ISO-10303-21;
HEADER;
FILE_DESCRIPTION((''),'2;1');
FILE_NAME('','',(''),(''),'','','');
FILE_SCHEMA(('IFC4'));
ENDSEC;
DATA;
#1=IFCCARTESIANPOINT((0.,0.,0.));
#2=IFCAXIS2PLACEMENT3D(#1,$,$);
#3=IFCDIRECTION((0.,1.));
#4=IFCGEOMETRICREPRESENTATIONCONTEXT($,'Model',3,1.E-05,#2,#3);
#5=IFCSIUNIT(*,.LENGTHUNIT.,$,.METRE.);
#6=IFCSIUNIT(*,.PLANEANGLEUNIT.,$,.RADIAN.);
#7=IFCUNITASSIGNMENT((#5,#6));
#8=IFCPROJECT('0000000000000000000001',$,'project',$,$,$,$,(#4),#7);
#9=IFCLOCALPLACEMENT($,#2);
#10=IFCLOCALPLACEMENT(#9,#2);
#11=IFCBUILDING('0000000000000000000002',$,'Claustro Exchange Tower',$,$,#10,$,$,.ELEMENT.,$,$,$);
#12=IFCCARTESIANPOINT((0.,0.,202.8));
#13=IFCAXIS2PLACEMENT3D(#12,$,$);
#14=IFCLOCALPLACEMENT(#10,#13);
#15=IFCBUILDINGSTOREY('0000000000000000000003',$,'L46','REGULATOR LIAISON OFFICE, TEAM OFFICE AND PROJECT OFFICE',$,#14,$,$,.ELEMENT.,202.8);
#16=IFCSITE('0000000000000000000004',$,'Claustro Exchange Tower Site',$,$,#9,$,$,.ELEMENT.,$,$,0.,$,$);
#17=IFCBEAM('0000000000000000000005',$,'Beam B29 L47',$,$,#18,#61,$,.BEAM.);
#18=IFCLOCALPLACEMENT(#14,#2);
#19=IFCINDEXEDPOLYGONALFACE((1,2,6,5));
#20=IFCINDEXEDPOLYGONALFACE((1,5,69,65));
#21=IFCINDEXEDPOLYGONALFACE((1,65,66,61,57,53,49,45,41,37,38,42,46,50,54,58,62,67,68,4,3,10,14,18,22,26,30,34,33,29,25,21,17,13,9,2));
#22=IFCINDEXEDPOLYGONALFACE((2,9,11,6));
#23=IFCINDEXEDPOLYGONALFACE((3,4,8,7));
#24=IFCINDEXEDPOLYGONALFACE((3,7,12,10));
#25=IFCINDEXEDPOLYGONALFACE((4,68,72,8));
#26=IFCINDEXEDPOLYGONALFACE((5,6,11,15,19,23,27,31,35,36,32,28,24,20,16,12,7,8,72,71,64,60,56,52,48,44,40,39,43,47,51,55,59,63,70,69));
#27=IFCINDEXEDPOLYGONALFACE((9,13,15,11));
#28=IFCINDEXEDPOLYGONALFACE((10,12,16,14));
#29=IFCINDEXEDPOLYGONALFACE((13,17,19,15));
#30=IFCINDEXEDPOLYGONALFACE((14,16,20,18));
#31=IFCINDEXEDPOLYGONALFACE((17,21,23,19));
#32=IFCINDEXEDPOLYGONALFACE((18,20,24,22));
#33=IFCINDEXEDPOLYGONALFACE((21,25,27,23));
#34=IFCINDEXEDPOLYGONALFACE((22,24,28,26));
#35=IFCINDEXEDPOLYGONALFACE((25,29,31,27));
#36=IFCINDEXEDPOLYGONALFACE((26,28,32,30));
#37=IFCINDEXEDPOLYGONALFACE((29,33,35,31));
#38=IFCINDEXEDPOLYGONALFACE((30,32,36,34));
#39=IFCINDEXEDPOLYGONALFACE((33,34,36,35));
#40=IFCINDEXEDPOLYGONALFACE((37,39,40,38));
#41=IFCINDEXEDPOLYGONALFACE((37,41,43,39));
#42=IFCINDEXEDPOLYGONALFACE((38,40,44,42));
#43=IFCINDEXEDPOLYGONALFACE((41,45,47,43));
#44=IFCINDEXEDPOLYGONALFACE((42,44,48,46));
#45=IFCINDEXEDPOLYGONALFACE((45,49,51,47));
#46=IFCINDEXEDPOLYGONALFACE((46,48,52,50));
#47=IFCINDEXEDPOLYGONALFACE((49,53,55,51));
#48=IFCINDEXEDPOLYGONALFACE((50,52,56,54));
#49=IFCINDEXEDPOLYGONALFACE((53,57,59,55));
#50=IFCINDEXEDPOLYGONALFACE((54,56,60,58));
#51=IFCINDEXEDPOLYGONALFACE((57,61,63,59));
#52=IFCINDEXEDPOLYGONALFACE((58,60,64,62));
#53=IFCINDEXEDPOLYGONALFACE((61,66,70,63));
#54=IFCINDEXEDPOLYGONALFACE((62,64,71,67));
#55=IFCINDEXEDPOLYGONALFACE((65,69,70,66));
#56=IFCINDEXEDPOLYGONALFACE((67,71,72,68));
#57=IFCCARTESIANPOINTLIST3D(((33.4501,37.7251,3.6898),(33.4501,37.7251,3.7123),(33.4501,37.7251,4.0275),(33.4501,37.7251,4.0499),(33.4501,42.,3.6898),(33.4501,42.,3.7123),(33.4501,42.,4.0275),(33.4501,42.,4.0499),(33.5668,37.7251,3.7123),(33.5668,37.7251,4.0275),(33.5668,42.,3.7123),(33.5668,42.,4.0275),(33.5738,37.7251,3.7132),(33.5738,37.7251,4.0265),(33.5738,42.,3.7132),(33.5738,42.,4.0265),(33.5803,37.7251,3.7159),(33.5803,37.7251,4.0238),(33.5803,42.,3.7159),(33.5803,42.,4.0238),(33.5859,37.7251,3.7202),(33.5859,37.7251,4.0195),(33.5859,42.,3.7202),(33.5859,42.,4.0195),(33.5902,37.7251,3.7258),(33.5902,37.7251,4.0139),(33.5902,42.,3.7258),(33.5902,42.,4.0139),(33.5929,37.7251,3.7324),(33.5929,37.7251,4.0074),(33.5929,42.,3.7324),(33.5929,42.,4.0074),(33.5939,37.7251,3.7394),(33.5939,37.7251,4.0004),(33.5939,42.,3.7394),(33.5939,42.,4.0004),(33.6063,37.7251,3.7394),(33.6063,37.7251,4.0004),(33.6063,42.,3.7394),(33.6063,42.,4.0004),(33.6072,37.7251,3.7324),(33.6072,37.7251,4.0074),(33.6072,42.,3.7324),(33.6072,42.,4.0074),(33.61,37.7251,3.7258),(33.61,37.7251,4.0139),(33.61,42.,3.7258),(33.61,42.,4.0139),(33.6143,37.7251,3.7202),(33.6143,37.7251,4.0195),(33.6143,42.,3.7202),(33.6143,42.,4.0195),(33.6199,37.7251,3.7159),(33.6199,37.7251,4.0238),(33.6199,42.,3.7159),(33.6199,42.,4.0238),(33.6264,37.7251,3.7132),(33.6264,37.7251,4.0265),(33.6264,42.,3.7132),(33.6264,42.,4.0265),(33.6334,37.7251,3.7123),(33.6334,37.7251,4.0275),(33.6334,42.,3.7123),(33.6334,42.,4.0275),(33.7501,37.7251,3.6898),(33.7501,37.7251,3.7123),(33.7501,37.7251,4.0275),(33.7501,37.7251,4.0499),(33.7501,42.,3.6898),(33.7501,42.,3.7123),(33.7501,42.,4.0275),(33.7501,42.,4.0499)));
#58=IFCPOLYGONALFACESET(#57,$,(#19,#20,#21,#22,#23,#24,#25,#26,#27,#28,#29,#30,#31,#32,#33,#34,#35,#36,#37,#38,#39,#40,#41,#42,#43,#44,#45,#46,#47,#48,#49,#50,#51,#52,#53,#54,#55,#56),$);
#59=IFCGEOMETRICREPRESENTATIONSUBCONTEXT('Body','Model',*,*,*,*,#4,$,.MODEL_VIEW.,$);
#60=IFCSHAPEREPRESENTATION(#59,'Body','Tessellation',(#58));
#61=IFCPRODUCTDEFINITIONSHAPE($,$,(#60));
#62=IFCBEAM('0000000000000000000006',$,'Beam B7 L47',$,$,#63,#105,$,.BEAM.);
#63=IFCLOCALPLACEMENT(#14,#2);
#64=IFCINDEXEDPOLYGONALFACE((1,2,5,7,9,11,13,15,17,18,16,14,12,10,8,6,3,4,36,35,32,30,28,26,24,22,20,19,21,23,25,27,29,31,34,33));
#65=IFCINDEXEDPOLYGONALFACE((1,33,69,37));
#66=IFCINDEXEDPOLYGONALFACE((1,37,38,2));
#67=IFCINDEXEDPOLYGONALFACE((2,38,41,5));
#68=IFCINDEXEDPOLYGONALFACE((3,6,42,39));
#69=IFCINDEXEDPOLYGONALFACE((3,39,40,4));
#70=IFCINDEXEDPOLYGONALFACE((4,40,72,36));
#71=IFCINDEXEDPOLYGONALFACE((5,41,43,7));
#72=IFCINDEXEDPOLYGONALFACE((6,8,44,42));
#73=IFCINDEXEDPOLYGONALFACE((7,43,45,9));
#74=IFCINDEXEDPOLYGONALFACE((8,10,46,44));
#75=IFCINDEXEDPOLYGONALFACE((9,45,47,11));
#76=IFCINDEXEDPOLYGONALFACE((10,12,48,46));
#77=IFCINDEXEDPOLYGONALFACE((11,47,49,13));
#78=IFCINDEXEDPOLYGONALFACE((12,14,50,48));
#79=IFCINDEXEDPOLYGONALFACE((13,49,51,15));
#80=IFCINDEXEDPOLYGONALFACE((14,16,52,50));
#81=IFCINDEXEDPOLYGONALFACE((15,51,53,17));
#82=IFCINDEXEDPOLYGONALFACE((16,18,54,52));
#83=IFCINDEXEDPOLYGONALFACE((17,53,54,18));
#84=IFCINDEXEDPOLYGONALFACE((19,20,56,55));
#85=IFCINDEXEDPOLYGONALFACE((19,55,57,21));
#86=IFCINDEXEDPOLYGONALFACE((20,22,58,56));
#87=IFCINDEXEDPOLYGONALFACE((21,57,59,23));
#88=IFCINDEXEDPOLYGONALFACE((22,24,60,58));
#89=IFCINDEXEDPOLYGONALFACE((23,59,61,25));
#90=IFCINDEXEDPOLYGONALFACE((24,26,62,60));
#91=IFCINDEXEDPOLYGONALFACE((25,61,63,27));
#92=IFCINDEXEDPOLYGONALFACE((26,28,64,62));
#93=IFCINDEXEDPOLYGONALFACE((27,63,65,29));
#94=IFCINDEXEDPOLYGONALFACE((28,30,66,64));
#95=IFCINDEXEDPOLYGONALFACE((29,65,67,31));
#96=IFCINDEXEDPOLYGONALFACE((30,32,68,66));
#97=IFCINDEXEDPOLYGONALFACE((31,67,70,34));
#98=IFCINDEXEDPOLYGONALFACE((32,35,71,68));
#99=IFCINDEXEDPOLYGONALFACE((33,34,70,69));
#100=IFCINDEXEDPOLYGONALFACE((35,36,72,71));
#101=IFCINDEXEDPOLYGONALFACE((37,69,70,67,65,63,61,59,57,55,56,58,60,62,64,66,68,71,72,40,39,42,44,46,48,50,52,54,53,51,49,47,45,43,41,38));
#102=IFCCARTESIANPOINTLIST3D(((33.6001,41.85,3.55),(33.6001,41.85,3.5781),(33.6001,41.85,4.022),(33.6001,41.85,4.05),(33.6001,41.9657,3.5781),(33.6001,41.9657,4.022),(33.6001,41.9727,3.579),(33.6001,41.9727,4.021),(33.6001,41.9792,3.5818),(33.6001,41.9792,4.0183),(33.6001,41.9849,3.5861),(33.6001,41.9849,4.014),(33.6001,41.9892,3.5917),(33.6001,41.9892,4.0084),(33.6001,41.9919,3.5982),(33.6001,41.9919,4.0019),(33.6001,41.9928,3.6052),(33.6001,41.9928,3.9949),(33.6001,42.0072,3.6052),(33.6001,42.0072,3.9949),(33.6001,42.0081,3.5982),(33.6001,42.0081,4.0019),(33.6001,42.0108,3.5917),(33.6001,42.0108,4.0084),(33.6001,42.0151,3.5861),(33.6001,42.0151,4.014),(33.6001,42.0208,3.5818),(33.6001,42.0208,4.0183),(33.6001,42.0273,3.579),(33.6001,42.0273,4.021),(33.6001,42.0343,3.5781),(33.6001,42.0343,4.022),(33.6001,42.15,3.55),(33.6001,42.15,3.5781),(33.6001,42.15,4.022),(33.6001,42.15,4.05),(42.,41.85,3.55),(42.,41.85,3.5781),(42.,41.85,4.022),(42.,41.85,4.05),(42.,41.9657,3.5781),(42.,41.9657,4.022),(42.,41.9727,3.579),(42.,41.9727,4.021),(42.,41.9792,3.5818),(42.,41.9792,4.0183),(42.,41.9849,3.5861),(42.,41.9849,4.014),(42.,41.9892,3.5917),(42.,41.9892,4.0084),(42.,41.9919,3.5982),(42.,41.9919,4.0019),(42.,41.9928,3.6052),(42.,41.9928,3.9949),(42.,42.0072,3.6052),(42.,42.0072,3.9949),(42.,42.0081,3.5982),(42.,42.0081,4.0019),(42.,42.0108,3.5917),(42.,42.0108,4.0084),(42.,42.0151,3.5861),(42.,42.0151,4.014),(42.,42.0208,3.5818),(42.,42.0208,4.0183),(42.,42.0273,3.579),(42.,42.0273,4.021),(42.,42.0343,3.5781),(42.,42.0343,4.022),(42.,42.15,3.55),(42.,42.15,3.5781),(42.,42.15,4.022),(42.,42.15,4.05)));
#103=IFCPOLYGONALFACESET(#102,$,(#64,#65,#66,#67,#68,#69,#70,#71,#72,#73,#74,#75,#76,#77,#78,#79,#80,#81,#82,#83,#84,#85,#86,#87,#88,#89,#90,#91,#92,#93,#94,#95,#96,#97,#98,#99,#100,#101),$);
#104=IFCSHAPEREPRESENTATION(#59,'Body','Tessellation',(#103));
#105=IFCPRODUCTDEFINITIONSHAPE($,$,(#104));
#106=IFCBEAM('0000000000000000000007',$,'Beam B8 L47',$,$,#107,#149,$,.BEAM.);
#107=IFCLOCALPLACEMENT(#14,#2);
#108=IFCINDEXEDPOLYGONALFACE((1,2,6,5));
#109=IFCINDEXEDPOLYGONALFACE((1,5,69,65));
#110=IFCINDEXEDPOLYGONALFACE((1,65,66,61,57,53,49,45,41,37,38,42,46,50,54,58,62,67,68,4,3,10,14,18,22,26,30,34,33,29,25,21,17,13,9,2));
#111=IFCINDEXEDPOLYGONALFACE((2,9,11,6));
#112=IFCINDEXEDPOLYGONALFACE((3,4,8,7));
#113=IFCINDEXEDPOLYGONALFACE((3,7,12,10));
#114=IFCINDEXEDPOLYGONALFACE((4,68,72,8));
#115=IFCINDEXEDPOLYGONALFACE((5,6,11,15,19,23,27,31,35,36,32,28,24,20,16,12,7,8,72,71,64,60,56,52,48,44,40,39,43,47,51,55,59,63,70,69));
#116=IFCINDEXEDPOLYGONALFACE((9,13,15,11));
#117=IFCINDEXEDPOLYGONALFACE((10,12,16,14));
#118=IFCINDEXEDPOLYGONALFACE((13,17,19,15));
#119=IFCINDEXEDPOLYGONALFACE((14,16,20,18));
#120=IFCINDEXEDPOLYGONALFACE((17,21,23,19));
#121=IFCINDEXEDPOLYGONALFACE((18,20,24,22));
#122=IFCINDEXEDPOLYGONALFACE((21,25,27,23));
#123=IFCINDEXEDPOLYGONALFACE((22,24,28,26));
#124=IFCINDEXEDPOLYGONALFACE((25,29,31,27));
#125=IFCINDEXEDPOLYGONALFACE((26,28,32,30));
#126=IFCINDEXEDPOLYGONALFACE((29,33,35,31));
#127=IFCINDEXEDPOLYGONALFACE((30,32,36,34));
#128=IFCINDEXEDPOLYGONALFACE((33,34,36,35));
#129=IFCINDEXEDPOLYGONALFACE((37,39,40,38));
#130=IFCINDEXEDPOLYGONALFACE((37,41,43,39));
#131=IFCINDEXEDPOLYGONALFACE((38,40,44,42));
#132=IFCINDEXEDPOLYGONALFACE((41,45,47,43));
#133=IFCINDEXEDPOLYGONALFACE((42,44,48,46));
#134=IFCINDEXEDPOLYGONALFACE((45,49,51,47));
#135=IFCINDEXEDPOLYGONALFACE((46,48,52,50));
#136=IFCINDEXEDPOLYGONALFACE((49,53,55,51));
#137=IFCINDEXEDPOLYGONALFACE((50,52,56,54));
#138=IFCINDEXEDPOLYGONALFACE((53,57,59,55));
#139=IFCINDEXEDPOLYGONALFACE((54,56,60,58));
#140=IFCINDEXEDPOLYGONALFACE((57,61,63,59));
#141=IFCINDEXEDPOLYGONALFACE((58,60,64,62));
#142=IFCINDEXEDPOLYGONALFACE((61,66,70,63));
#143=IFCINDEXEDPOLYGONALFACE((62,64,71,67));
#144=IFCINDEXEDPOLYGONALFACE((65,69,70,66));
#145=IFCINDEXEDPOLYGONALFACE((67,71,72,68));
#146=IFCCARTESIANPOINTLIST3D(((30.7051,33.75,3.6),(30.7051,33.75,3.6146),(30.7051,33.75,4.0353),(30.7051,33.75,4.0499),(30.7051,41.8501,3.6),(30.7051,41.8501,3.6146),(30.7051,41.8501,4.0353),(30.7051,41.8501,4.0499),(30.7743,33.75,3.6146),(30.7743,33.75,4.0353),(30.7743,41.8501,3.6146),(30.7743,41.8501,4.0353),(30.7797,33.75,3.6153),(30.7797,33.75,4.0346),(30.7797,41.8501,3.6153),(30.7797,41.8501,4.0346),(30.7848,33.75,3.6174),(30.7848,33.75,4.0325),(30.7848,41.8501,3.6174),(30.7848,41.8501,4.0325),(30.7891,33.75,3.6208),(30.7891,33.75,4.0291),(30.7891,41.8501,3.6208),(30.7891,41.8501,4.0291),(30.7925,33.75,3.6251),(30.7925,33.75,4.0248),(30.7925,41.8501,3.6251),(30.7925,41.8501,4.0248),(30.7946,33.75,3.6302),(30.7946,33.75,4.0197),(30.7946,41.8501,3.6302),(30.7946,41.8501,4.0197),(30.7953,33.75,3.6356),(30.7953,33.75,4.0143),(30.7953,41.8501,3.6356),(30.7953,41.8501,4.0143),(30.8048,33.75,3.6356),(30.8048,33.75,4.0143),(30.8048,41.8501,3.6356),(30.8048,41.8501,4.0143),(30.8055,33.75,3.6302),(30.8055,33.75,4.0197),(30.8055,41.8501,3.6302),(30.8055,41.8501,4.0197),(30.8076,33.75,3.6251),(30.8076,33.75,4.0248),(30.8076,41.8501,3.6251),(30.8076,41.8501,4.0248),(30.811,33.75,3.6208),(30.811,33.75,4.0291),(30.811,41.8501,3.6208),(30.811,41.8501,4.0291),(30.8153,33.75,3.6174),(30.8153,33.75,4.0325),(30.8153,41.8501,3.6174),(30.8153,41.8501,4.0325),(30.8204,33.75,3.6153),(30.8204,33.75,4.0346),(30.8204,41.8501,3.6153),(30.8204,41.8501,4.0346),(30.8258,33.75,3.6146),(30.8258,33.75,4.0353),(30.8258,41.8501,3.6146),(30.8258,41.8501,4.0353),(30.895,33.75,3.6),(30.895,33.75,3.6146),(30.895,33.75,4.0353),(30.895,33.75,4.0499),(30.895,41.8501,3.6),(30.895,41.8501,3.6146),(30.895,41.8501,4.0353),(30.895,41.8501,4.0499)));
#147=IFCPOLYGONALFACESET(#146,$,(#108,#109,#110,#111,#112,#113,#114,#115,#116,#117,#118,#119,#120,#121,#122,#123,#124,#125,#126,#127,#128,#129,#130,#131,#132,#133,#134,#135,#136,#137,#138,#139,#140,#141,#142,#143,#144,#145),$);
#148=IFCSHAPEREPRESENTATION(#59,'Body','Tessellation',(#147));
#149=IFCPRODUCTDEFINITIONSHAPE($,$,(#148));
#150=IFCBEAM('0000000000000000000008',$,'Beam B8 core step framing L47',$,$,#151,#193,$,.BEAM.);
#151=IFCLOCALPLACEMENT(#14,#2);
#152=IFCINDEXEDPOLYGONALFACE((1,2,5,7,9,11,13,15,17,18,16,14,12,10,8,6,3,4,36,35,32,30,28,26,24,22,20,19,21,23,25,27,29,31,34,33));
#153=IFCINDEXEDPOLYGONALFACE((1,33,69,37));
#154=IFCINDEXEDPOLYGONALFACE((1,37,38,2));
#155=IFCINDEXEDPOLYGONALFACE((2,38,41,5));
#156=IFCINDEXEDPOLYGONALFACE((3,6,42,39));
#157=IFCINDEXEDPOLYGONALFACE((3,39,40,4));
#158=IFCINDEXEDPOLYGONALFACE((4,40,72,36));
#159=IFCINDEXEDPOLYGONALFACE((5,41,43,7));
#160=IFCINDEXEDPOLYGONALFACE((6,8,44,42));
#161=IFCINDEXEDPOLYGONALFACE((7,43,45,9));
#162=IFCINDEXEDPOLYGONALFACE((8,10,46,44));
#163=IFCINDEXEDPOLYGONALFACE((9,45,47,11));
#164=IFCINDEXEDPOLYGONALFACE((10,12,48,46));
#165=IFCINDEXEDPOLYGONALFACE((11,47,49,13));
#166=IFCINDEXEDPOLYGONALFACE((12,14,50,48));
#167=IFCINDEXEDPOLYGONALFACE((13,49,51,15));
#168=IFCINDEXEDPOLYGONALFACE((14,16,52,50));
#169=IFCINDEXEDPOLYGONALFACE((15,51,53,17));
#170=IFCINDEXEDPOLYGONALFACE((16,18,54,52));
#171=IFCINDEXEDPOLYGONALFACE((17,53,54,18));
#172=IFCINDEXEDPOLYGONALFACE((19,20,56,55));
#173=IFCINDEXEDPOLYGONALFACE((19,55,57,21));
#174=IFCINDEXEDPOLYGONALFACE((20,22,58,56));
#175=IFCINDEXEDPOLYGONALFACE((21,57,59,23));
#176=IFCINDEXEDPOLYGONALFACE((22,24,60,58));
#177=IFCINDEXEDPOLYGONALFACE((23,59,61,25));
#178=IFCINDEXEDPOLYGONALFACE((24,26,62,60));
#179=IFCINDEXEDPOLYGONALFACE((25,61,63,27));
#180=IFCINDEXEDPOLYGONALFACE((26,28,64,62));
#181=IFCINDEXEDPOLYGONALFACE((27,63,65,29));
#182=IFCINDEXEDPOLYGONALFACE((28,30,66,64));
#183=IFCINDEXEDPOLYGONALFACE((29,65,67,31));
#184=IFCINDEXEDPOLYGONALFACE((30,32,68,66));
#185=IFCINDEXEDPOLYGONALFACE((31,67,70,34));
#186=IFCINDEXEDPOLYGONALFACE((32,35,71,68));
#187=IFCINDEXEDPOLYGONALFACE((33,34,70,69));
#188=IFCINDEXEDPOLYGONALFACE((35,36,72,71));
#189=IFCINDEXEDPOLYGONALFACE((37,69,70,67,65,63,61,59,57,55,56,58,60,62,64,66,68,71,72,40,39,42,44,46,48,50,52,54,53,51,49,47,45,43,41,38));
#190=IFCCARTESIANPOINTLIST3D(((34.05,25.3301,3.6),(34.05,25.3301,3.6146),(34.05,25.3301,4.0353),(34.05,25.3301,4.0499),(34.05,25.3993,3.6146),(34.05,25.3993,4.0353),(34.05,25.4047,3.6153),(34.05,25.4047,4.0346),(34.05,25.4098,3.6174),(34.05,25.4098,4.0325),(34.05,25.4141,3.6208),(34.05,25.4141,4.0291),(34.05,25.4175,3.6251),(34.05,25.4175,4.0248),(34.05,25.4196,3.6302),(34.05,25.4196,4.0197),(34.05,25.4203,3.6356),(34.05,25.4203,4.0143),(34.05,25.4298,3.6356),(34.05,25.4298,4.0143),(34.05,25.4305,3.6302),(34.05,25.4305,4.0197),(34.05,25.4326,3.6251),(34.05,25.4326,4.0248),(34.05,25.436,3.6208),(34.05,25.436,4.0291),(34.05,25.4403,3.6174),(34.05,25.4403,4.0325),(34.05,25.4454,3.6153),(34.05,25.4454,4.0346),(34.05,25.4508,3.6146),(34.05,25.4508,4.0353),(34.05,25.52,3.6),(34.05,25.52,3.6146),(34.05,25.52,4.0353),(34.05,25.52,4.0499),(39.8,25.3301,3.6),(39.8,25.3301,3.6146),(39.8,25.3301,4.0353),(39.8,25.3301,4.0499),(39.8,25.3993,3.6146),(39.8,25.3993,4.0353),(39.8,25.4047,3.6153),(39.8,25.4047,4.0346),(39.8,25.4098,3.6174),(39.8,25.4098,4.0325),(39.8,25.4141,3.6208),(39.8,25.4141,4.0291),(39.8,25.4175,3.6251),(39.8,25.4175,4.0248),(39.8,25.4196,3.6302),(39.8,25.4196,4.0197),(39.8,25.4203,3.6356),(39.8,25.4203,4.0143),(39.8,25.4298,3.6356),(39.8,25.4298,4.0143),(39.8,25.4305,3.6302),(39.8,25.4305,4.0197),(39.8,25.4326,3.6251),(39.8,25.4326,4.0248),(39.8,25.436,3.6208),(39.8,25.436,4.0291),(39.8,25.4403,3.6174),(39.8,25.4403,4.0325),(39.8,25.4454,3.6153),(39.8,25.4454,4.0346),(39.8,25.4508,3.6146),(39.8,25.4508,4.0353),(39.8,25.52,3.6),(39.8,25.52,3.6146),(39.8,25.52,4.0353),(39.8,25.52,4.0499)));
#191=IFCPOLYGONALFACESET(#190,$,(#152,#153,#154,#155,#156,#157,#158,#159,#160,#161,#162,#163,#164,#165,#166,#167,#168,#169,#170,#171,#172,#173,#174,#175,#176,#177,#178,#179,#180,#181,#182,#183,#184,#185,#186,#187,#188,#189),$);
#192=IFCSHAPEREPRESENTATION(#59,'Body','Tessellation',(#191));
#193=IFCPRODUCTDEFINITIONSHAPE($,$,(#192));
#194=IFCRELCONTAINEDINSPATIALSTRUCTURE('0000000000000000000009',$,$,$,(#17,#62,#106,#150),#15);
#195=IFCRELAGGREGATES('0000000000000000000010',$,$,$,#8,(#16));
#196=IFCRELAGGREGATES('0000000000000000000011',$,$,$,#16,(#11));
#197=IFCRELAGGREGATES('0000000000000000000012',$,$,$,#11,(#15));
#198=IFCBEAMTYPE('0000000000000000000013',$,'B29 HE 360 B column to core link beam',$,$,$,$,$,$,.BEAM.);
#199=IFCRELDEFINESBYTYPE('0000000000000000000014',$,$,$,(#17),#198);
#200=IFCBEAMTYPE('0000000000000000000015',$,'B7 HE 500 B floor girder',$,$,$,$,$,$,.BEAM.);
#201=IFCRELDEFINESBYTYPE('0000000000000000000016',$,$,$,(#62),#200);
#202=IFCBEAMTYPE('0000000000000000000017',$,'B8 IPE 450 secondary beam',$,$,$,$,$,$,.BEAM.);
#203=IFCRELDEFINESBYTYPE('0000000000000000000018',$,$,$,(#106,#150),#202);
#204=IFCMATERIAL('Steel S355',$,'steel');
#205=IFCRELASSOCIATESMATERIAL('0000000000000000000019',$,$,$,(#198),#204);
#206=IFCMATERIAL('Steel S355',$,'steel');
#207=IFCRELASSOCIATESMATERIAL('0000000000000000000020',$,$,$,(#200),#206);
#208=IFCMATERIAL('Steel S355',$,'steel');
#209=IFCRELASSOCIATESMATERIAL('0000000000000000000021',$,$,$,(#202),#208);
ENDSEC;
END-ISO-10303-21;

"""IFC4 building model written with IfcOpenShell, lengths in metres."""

from ifc_helpers import new_model, si_unit, direction, frame, origin, origin_2d, place, context, subcontext, project, spatial, i_section, extrude, material, material_profile, profile_set, type_object, element, save


model = new_model("IFC4")

# Units and contexts
model_context = context("Model", 3, precision=1e-05, world=origin(), true_north=direction((0.0, 1.0)))
body_context = subcontext(model_context, "Body", "Model", "MODEL_VIEW")
ifc_project = project(units=[si_unit("LENGTHUNIT", "METRE"), si_unit("PLANEANGLEUNIT", "RADIAN")], contexts=[model_context])

# Site, building, storey
site_placement = place(None, origin())
site = spatial("IfcSite", under=ifc_project, at=site_placement, Name="Claustro Exchange Tower Site", CompositionType="ELEMENT", RefElevation=0.0)
building_placement = place(site_placement, origin())
building = spatial("IfcBuilding", under=site, at=building_placement, Name="Claustro Exchange Tower", CompositionType="ELEMENT")
storey_placement = place(building_placement, frame((0.0, 0.0, 202.8)))
storey = spatial("IfcBuildingStorey", under=building, at=storey_placement, Name="L46", Description="REGULATOR LIAISON OFFICE, TEAM OFFICE AND PROJECT OFFICE", CompositionType="ELEMENT", Elevation=202.8)

# Beams
ifc_material_1 = material(Name="Steel S355", Category="steel")
ifc_material_profile_1 = material_profile(ifc_material_1, i_section(OverallWidth=0.3, OverallDepth=0.3601, WebThickness=0.0125, FlangeThickness=0.0225, FilletRadius=0.0271, at=origin_2d()), Name="HE 360 B")
ifc_profile_set_1 = profile_set([ifc_material_profile_1], Name="Steel S355")
beam_type_1 = type_object("IfcBeamType", Name="B29 HE 360 B column to core link beam", PredefinedType="BEAM", material=ifc_profile_set_1)
beam_1_placement = place(storey_placement, frame((33.6001, 37.7251, 3.8699), z_axis=(0.0, 1.0, 0.0), x_axis=(-1.0, 0.0, 0.0)))
element("IfcBeam", 1, at=beam_1_placement, inside=storey, type_object=beam_type_1, Name="Beam B29 L47", PredefinedType="BEAM", context=body_context, shape_type="SweptSolid", body=[
    extrude(i_section(OverallWidth=0.3, OverallDepth=0.3601, WebThickness=0.0125, FlangeThickness=0.0225, FilletRadius=0.0271, at=origin_2d()), origin(), (0.0, 0.0, 1.0), 4.2749),
])
ifc_material_2 = material(Name="Steel S355", Category="steel")
ifc_material_profile_2 = material_profile(ifc_material_2, i_section(OverallWidth=0.3, OverallDepth=0.5, WebThickness=0.0144, FlangeThickness=0.0281, FilletRadius=0.0271, at=origin_2d()), Name="HE 500 B")
ifc_profile_set_2 = profile_set([ifc_material_profile_2], Name="Steel S355")
beam_type_2 = type_object("IfcBeamType", Name="B7 HE 500 B floor girder", PredefinedType="BEAM", material=ifc_profile_set_2)
beam_2_placement = place(storey_placement, frame((33.6001, 42.0, 3.8), z_axis=(1.0, 0.0, 0.0), x_axis=(0.0, 1.0, 0.0)))
element("IfcBeam", 2, at=beam_2_placement, inside=storey, type_object=beam_type_2, Name="Beam B7 L47", PredefinedType="BEAM", context=body_context, shape_type="SweptSolid", body=[
    extrude(i_section(OverallWidth=0.3, OverallDepth=0.5, WebThickness=0.0144, FlangeThickness=0.0281, FilletRadius=0.0271, at=origin_2d()), origin(), (0.0, 0.0, 1.0), 8.3999),
])
ifc_material_3 = material(Name="Steel S355", Category="steel")
ifc_material_profile_3 = material_profile(ifc_material_3, i_section(OverallWidth=0.1899, OverallDepth=0.45, WebThickness=0.0095, FlangeThickness=0.0146, FilletRadius=0.021, at=origin_2d()), Name="IPE 450")
ifc_profile_set_3 = profile_set([ifc_material_profile_3], Name="Steel S355")
beam_type_3 = type_object("IfcBeamType", Name="B8 IPE 450 secondary beam", PredefinedType="BEAM", material=ifc_profile_set_3)
beam_3_placement = place(storey_placement, frame((30.8, 33.75, 3.825), z_axis=(0.0, 1.0, 0.0), x_axis=(-1.0, 0.0, 0.0)))
element("IfcBeam", 3, at=beam_3_placement, inside=storey, type_object=beam_type_3, Name="Beam B8 L47", PredefinedType="BEAM", context=body_context, shape_type="SweptSolid", body=[
    extrude(i_section(OverallWidth=0.1899, OverallDepth=0.45, WebThickness=0.0095, FlangeThickness=0.0146, FilletRadius=0.021, at=origin_2d()), origin(), (0.0, 0.0, 1.0), 8.1001),
])
beam_4_placement = place(storey_placement, frame((34.05, 25.425, 3.825), z_axis=(1.0, 0.0, 0.0), x_axis=(0.0, 1.0, 0.0)))
element("IfcBeam", 4, at=beam_4_placement, inside=storey, type_object=beam_type_3, Name="Beam B8 core step framing L47", PredefinedType="BEAM", context=body_context, shape_type="SweptSolid", body=[
    extrude(i_section(OverallWidth=0.1899, OverallDepth=0.45, WebThickness=0.0095, FlangeThickness=0.0146, FilletRadius=0.021, at=origin_2d()), origin(), (0.0, 0.0, 1.0), 5.75),
])

save(model, "model.ifc")
